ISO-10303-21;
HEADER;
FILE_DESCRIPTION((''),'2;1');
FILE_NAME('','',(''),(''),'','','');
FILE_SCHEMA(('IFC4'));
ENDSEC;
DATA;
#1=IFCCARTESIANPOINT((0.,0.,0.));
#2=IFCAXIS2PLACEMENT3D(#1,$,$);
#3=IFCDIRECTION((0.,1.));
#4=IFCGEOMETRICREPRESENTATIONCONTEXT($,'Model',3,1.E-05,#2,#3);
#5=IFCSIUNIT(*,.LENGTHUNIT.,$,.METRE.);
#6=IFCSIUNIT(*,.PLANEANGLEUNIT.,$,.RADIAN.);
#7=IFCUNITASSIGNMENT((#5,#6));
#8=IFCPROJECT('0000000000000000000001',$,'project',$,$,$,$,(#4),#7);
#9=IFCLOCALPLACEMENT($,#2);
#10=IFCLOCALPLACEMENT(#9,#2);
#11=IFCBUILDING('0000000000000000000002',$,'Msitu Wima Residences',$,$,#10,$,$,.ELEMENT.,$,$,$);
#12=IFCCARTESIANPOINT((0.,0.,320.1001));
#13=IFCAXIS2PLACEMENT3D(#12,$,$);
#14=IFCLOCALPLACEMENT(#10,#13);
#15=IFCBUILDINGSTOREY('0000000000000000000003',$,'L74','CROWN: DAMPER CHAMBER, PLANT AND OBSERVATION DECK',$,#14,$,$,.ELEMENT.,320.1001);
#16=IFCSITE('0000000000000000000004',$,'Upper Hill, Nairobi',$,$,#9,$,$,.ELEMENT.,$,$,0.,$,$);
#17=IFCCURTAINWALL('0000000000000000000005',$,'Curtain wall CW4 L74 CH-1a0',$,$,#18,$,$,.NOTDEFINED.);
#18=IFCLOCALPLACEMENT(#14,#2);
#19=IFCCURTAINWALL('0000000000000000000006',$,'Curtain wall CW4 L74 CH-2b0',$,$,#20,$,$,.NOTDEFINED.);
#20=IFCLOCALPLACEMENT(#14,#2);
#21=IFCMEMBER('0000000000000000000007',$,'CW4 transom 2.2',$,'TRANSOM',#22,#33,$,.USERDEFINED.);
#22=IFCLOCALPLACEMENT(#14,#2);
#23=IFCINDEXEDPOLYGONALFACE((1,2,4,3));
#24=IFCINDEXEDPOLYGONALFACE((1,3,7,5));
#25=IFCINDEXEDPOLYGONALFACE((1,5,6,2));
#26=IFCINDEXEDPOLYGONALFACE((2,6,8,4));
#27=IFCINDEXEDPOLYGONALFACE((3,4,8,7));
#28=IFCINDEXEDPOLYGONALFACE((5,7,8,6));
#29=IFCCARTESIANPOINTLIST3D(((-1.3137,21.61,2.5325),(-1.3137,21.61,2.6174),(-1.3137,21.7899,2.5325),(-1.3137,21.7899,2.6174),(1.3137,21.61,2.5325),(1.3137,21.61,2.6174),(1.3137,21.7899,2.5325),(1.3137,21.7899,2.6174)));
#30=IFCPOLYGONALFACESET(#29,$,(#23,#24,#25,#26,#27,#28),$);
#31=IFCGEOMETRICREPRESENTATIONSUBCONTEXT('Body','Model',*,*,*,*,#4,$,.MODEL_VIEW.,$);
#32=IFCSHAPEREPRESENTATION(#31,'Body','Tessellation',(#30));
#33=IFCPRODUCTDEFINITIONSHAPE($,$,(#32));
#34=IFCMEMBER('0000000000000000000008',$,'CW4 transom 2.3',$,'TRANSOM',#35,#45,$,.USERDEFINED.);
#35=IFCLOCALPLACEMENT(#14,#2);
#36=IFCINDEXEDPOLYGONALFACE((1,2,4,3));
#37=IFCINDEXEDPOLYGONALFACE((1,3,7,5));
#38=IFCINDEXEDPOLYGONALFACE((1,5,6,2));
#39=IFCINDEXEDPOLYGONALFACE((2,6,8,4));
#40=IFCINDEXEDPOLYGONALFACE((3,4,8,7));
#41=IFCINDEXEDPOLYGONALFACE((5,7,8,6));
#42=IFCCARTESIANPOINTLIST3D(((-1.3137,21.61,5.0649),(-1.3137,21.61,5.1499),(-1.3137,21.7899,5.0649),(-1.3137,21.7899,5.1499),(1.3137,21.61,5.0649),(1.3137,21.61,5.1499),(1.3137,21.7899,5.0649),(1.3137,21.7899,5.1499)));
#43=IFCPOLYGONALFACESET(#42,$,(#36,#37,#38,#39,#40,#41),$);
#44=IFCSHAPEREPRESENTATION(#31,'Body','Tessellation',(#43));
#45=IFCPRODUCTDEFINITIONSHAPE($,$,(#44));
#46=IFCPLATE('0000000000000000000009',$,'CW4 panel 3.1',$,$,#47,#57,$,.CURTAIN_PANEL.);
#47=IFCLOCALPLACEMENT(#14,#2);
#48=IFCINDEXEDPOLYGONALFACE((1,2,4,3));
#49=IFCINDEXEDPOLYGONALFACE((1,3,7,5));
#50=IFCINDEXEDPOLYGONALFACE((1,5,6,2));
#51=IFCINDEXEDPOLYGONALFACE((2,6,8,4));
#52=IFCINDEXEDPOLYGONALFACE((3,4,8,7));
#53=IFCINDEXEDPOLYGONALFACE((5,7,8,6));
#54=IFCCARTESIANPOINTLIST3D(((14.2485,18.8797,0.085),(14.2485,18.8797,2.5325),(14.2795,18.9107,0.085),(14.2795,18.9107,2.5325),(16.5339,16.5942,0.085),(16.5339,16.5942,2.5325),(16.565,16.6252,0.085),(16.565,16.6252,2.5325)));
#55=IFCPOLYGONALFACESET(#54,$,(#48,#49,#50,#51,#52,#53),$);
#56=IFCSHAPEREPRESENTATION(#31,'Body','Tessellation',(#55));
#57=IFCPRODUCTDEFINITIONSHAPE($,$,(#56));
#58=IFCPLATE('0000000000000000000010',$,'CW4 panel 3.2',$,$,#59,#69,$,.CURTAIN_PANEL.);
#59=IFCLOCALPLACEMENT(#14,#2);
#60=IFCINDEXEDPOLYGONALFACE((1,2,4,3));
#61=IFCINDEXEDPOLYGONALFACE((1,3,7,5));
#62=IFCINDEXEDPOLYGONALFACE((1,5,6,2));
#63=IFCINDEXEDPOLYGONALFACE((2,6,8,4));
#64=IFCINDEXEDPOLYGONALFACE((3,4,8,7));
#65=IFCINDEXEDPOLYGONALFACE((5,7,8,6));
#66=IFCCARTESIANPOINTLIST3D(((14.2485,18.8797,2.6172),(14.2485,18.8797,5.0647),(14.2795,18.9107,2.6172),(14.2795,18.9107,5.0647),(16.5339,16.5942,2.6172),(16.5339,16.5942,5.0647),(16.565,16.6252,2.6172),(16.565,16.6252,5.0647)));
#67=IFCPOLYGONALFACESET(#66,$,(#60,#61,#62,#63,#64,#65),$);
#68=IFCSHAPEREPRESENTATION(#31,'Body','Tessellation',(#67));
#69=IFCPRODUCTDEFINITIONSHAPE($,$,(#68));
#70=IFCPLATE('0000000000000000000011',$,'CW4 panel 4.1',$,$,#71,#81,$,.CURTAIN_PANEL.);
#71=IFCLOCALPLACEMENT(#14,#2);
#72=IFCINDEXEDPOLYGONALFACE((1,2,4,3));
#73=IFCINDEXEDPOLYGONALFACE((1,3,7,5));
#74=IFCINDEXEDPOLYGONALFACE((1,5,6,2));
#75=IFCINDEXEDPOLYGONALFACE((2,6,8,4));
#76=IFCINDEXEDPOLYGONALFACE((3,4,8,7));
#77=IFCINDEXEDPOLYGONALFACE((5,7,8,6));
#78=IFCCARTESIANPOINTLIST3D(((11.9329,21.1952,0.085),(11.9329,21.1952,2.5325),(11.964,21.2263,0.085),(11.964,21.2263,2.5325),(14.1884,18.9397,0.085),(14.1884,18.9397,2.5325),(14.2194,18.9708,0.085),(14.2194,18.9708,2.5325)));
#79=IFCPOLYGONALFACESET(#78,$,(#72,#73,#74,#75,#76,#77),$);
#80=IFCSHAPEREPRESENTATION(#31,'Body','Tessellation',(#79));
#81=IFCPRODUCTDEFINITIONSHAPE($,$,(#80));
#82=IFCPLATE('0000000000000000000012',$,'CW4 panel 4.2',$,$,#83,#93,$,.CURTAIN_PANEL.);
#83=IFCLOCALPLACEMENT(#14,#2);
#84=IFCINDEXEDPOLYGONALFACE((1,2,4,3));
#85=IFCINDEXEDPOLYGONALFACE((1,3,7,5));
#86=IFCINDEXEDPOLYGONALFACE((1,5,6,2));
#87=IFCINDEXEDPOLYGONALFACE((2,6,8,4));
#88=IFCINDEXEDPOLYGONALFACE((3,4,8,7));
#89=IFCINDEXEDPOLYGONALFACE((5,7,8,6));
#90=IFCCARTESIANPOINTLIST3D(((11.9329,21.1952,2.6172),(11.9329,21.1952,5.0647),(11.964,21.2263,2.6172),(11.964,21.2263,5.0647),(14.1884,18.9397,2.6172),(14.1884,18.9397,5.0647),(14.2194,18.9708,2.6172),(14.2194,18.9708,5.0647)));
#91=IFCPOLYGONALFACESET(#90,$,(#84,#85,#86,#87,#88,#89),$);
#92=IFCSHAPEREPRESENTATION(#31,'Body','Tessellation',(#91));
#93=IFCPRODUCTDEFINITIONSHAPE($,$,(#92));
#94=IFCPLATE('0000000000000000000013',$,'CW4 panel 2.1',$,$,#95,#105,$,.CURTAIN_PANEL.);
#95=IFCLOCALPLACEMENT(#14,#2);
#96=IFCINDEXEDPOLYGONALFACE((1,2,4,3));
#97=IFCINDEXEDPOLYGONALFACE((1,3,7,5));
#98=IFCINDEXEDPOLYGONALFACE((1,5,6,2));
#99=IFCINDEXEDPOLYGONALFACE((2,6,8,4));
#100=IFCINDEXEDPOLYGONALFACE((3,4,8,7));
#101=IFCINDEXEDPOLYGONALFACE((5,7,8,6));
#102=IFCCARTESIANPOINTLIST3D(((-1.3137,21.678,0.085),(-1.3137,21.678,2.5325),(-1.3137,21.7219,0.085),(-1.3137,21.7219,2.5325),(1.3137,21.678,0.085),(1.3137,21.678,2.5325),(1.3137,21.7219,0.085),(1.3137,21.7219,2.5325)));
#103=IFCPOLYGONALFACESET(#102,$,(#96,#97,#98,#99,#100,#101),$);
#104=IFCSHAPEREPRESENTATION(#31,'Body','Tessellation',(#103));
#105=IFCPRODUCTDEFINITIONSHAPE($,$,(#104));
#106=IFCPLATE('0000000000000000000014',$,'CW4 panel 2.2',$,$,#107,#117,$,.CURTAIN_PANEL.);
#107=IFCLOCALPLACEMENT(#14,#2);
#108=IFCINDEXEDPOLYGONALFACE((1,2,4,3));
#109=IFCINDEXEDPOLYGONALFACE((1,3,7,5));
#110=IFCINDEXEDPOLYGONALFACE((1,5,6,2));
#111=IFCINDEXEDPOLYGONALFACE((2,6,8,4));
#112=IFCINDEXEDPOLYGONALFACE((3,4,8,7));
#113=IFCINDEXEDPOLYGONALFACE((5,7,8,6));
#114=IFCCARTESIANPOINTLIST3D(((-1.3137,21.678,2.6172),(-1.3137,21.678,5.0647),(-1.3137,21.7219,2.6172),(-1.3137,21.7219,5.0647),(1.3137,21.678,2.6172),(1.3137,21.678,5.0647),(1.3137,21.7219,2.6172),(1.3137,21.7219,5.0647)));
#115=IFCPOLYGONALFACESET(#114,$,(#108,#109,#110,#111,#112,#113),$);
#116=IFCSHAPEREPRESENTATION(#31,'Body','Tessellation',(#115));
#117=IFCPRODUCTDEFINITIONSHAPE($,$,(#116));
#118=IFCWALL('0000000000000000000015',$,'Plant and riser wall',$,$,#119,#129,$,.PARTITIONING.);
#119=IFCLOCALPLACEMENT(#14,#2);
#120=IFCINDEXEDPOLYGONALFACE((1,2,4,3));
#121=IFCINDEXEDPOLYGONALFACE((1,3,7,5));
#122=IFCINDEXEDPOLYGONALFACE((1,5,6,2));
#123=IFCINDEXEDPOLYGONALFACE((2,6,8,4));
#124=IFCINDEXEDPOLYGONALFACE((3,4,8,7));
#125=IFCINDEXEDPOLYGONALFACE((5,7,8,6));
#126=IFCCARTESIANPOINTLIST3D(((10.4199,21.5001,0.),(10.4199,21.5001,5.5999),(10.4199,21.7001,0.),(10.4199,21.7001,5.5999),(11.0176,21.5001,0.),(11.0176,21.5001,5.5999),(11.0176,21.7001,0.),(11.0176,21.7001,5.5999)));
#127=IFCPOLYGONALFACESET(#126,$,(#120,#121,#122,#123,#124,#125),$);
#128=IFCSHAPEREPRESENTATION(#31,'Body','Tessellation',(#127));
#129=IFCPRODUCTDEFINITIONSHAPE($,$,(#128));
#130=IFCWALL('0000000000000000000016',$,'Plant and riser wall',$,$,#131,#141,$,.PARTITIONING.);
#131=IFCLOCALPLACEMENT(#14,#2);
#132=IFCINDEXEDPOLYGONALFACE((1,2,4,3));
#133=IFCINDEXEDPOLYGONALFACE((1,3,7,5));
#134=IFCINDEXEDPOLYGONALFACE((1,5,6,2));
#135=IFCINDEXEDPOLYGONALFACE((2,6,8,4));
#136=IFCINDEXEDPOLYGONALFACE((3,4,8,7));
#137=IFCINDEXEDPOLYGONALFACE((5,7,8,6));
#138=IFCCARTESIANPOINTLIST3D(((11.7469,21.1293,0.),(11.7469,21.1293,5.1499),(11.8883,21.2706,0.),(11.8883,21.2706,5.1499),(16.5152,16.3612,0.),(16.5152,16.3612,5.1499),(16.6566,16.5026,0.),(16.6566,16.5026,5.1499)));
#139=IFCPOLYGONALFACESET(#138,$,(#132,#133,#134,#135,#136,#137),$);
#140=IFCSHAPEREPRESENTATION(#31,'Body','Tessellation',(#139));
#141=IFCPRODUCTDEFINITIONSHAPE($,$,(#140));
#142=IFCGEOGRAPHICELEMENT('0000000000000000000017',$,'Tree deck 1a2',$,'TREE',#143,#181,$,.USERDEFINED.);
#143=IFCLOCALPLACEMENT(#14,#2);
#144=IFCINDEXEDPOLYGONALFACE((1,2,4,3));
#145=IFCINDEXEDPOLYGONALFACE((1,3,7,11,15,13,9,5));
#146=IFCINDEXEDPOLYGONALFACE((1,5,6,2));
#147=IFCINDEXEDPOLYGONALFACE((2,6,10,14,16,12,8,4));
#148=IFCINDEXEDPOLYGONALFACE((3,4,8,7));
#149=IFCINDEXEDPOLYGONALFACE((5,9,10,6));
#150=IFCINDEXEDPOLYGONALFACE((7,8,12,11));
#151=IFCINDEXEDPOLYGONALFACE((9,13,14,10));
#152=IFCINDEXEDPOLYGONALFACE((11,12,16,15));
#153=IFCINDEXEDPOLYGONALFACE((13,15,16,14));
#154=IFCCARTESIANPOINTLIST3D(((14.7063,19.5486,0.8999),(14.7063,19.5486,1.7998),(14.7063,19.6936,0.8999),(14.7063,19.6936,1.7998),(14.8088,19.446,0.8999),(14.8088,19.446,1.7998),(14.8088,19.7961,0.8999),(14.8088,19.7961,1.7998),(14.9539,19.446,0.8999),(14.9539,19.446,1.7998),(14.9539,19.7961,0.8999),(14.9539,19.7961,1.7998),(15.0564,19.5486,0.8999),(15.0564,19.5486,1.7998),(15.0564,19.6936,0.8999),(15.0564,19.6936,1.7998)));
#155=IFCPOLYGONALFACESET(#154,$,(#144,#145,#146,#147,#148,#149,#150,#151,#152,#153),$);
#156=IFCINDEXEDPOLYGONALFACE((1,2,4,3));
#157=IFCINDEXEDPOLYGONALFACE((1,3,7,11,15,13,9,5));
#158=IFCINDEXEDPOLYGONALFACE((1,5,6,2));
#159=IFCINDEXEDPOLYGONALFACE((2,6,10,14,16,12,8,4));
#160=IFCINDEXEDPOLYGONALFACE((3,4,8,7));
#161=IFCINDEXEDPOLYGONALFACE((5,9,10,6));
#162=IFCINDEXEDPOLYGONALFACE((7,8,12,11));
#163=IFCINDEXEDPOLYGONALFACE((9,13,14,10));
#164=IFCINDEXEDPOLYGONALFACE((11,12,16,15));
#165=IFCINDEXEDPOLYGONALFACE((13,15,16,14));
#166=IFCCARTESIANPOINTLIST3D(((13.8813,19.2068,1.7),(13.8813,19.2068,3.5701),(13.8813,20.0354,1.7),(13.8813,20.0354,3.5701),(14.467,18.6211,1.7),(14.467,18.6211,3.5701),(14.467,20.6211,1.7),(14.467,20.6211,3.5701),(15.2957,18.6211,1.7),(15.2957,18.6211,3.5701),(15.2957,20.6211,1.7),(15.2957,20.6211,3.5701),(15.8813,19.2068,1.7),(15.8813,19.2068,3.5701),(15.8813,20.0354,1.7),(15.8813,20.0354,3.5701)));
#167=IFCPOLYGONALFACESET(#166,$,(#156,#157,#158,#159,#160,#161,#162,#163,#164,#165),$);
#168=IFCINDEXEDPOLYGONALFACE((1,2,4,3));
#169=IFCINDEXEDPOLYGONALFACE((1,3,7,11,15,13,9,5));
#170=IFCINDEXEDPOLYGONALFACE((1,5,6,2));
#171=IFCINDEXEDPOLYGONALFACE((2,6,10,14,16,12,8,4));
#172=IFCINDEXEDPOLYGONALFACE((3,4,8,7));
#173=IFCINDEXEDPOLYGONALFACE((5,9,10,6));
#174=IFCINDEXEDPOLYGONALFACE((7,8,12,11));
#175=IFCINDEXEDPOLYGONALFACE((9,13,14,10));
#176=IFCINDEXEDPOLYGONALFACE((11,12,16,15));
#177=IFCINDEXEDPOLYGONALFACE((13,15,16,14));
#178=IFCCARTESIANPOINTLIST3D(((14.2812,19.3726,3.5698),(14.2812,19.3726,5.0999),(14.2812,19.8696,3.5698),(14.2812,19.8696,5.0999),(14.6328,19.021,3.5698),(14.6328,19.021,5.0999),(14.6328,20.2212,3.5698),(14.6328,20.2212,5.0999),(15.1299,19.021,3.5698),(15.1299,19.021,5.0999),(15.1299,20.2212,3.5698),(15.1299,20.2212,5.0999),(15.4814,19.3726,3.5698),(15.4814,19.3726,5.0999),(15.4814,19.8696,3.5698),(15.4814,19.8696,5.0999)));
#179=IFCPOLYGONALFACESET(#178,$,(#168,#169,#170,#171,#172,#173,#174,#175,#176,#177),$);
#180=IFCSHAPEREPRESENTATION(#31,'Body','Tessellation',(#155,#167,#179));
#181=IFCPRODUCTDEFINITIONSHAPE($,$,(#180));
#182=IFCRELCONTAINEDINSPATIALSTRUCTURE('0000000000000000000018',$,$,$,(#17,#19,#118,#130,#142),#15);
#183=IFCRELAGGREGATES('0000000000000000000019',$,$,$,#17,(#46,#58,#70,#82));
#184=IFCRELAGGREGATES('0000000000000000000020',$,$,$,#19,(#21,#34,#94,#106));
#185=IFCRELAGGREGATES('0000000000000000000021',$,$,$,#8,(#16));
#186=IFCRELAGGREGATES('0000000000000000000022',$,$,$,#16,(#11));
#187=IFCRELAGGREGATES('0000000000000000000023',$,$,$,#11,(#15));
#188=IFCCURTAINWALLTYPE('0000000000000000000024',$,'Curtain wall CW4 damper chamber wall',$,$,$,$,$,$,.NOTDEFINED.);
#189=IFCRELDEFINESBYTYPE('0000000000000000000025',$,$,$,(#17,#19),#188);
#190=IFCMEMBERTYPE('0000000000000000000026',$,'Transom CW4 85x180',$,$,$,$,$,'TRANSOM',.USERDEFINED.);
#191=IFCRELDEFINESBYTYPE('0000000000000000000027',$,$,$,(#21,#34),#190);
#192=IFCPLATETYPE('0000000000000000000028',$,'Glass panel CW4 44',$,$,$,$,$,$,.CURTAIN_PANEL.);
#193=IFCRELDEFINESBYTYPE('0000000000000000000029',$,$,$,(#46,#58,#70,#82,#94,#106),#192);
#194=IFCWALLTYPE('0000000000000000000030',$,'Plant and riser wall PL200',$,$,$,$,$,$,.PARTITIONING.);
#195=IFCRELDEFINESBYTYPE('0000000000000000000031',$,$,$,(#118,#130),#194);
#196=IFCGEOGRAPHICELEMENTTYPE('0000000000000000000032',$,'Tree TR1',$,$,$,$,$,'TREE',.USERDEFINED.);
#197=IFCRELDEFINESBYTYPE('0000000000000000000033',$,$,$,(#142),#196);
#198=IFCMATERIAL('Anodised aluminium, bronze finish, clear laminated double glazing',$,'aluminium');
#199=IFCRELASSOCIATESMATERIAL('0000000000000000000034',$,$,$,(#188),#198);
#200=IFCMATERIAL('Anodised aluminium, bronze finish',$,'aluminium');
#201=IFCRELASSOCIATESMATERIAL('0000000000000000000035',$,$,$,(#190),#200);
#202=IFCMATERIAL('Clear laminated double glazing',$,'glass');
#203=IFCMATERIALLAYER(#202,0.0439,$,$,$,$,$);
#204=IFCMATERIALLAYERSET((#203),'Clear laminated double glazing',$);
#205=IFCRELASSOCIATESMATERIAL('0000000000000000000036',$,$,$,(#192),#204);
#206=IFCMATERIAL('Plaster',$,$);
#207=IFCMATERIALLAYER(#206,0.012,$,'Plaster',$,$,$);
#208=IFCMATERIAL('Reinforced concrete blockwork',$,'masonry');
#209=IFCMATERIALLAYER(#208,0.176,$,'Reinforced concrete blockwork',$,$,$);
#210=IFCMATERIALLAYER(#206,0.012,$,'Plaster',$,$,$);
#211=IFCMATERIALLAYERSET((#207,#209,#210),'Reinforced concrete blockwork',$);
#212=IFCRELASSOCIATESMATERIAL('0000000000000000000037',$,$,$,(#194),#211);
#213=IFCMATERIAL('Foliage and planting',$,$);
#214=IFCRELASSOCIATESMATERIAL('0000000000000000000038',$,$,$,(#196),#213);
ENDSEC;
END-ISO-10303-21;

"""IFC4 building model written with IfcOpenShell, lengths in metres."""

from ifc_helpers import new_model, si_unit, direction, frame, frame_2d, origin, origin_2d, place, context, subcontext, project, spatial, polyline, rectangle, outline, extrude, material, layer, layer_set, material_profile, profile_set, type_object, element, aggregate, save


model = new_model("IFC4")

# Units and contexts
model_context = context("Model", 3, precision=1e-05, world=origin(), true_north=direction((0.0, 1.0)))
body_context = subcontext(model_context, "Body", "Model", "MODEL_VIEW")
ifc_project = project(units=[si_unit("LENGTHUNIT", "METRE"), si_unit("PLANEANGLEUNIT", "RADIAN")], contexts=[model_context])

# Site, building, storey
site_placement = place(None, origin())
site = spatial("IfcSite", under=ifc_project, at=site_placement, Name="Upper Hill, Nairobi", CompositionType="ELEMENT", RefElevation=0.0)
building_placement = place(site_placement, origin())
building = spatial("IfcBuilding", under=site, at=building_placement, Name="Msitu Wima Residences", CompositionType="ELEMENT")
storey_placement = place(building_placement, frame((0.0, 0.0, 320.1001)))
storey = spatial("IfcBuildingStorey", under=building, at=storey_placement, Name="L74", Description="CROWN: DAMPER CHAMBER, PLANT AND OBSERVATION DECK", CompositionType="ELEMENT", Elevation=320.1001)

# Curtain walls, members
ifc_material_1 = material(Name="Anodised aluminium, bronze finish, clear laminated double glazing", Category="aluminium")
curtain_wall_type = type_object("IfcCurtainWallType", Name="Curtain wall CW4 damper chamber wall", PredefinedType="NOTDEFINED", material=ifc_material_1)
curtain_wall_1_placement = place(storey_placement, origin())
curtain_wall_1 = element("IfcCurtainWall", 1, at=curtain_wall_1_placement, inside=storey, type_object=curtain_wall_type, Name="Curtain wall CW4 L74 CH-1a0", PredefinedType="NOTDEFINED")
ifc_material_2 = material(Name="Anodised aluminium, bronze finish", Category="aluminium")
ifc_material_profile_1 = material_profile(ifc_material_2, rectangle(XDim=0.1799, YDim=0.085, at=origin_2d()), Name="Transom 85x180")
ifc_profile_set_1 = profile_set([ifc_material_profile_1], Name="Anodised aluminium, bronze finish")
member_type_1 = type_object("IfcMemberType", Name="Transom CW4 85x180", ElementType="TRANSOM", PredefinedType="USERDEFINED", material=ifc_profile_set_1)
curtain_wall_2_placement = place(storey_placement, origin())
curtain_wall_2 = element("IfcCurtainWall", 2, at=curtain_wall_2_placement, inside=storey, type_object=curtain_wall_type, Name="Curtain wall CW4 L74 CH-2b0", PredefinedType="NOTDEFINED")
member_1_placement = place(storey_placement, frame((1.3137, 21.7, 2.575), z_axis=(-1.0, 0.0, 0.0), x_axis=(0.0, -1.0, 0.0)))
member_1 = element("IfcMember", 3, at=member_1_placement, type_object=member_type_1, Name="CW4 transom 2.2", ObjectType="TRANSOM", PredefinedType="USERDEFINED", context=body_context, shape_type="SweptSolid", body=[
    extrude(rectangle(XDim=0.1799, YDim=0.085, at=origin_2d()), origin(), (0.0, 0.0, 1.0), 2.6274),
])
member_2_placement = place(storey_placement, frame((1.3137, 21.7, 5.1074), z_axis=(-1.0, 0.0, 0.0), x_axis=(0.0, -1.0, 0.0)))
member_2 = element("IfcMember", 4, at=member_2_placement, type_object=member_type_1, Name="CW4 transom 2.3", ObjectType="TRANSOM", PredefinedType="USERDEFINED", context=body_context, shape_type="SweptSolid", body=[
    extrude(rectangle(XDim=0.1799, YDim=0.085, at=origin_2d()), origin(), (0.0, 0.0, 1.0), 2.6274),
])

# Plates
ifc_material_3 = material(Name="Clear laminated double glazing", Category="glass")
ifc_layer_1 = layer(ifc_material_3, 0.0439)
ifc_layer_set_1 = layer_set([ifc_layer_1], Name="Clear laminated double glazing")
plate_type = type_object("IfcPlateType", Name="Glass panel CW4 44", PredefinedType="CURTAIN_PANEL", material=ifc_layer_set_1)
plate_1_placement = place(storey_placement, frame((15.4067, 17.7524, 0.085), z_axis=(0.0, 0.0, 1.0), x_axis=(-0.707107, 0.707107, 0.0)))
plate_1 = element("IfcPlate", 5, at=plate_1_placement, type_object=plate_type, Name="CW4 panel 3.1", PredefinedType="CURTAIN_PANEL", context=body_context, shape_type="SweptSolid", body=[
    extrude(rectangle(XDim=3.2322, YDim=0.0439, at=origin_2d()), origin(), (0.0, 0.0, 1.0), 2.4475),
])
plate_2_placement = place(storey_placement, frame((15.4067, 17.7524, 2.6172), z_axis=(0.0, 0.0, 1.0), x_axis=(-0.707107, 0.707107, 0.0)))
plate_2 = element("IfcPlate", 6, at=plate_2_placement, type_object=plate_type, Name="CW4 panel 3.2", PredefinedType="CURTAIN_PANEL", context=body_context, shape_type="SweptSolid", body=[
    extrude(rectangle(XDim=3.2322, YDim=0.0439, at=origin_2d()), origin(), (0.0, 0.0, 1.0), 2.4475),
])
plate_3_placement = place(storey_placement, frame((13.0762, 20.083, 0.085), z_axis=(0.0, 0.0, 1.0), x_axis=(-0.707107, 0.707107, 0.0)))
plate_3 = element("IfcPlate", 7, at=plate_3_placement, type_object=plate_type, Name="CW4 panel 4.1", PredefinedType="CURTAIN_PANEL", context=body_context, shape_type="SweptSolid", body=[
    extrude(rectangle(XDim=3.1897, YDim=0.0439, at=origin_2d()), origin(), (0.0, 0.0, 1.0), 2.4475),
])
plate_4_placement = place(storey_placement, frame((13.0762, 20.083, 2.6172), z_axis=(0.0, 0.0, 1.0), x_axis=(-0.707107, 0.707107, 0.0)))
plate_4 = element("IfcPlate", 8, at=plate_4_placement, type_object=plate_type, Name="CW4 panel 4.2", PredefinedType="CURTAIN_PANEL", context=body_context, shape_type="SweptSolid", body=[
    extrude(rectangle(XDim=3.1897, YDim=0.0439, at=origin_2d()), origin(), (0.0, 0.0, 1.0), 2.4475),
])
aggregate(curtain_wall_1, [plate_1, plate_2, plate_3, plate_4])
plate_5_placement = place(storey_placement, frame((0.0, 21.7, 0.085), z_axis=(0.0, 0.0, 1.0), x_axis=(-1.0, 0.0, 0.0)))
plate_5 = element("IfcPlate", 9, at=plate_5_placement, type_object=plate_type, Name="CW4 panel 2.1", PredefinedType="CURTAIN_PANEL", context=body_context, shape_type="SweptSolid", body=[
    extrude(rectangle(XDim=2.6274, YDim=0.0439, at=origin_2d()), origin(), (0.0, 0.0, 1.0), 2.4475),
])
plate_6_placement = place(storey_placement, frame((0.0, 21.7, 2.6172), z_axis=(0.0, 0.0, 1.0), x_axis=(-1.0, 0.0, 0.0)))
plate_6 = element("IfcPlate", 10, at=plate_6_placement, type_object=plate_type, Name="CW4 panel 2.2", PredefinedType="CURTAIN_PANEL", context=body_context, shape_type="SweptSolid", body=[
    extrude(rectangle(XDim=2.6274, YDim=0.0439, at=origin_2d()), origin(), (0.0, 0.0, 1.0), 2.4475),
])
aggregate(curtain_wall_2, [member_1, member_2, plate_5, plate_6])

# Walls
ifc_material_4 = material(Name="Plaster")
ifc_layer_2 = layer(ifc_material_4, 0.012, Name="Plaster")
ifc_material_5 = material(Name="Reinforced concrete blockwork", Category="masonry")
ifc_layer_3 = layer(ifc_material_5, 0.176, Name="Reinforced concrete blockwork")
ifc_layer_4 = layer(ifc_material_4, 0.012, Name="Plaster")
ifc_layer_set_2 = layer_set([ifc_layer_2, ifc_layer_3, ifc_layer_4], Name="Reinforced concrete blockwork")
wall_type = type_object("IfcWallType", Name="Plant and riser wall PL200", PredefinedType="PARTITIONING", material=ifc_layer_set_2)
wall_1_placement = place(storey_placement, frame((10.4199, 21.6001, 0.0), z_axis=(0.0, 0.0, 1.0), x_axis=(1.0, 0.0, 0.0)))
element("IfcWall", 11, at=wall_1_placement, inside=storey, type_object=wall_type, Name="Plant and riser wall", PredefinedType="PARTITIONING", context=body_context, shape_type="SweptSolid", body=[
    extrude(rectangle(XDim=0.5977, YDim=0.2, at=frame_2d((0.2988, 0.0))), origin(), (0.0, 0.0, 1.0), 5.5999),
])
wall_2_placement = place(storey_placement, frame((11.8176, 21.2, 0.0), z_axis=(0.0, 0.0, 1.0), x_axis=(0.707125, -0.707089, 0.0)))
element("IfcWall", 12, at=wall_2_placement, inside=storey, type_object=wall_type, Name="Plant and riser wall", PredefinedType="PARTITIONING", context=body_context, shape_type="SweptSolid", body=[
    extrude(rectangle(XDim=6.7432, YDim=0.2, at=frame_2d((3.3716, 0.0))), origin(), (0.0, 0.0, 1.0), 5.1499),
])

# Geographic element
ifc_material_6 = material(Name="Foliage and planting")
geographic_element_type = type_object("IfcGeographicElementType", Name="Tree TR1", ElementType="TREE", PredefinedType="USERDEFINED", material=ifc_material_6)
geographic_element_placement = place(storey_placement, frame((14.8813, 19.6211, 0.8999), z_axis=(0.0, 0.0, 1.0), x_axis=(1.0, 0.0, 0.0)))
element("IfcGeographicElement", 13, at=geographic_element_placement, inside=storey, type_object=geographic_element_type, Name="Tree deck 1a2", ObjectType="TREE", PredefinedType="USERDEFINED", context=body_context, shape_type="SweptSolid", body=[
    extrude(outline(polyline([(0.175, 0.0725), (0.0725, 0.175), (-0.0725, 0.175), (-0.175, 0.0725), (-0.175, -0.0725), (-0.0725, -0.175), (0.0725, -0.175), (0.175, -0.0725), (0.175, 0.0725)])), origin(), (0.0, 0.0, 1.0), 0.8999),
    extrude(outline(polyline([(1.0, 0.4143), (0.4143, 1.0), (-0.4143, 1.0), (-1.0, 0.4143), (-1.0, -0.4143), (-0.4143, -1.0), (0.4143, -1.0), (1.0, -0.4143), (1.0, 0.4143)])), frame((0.0, 0.0, 0.8)), (0.0, 0.0, 1.0), 1.8701),
    extrude(outline(polyline([(0.6001, 0.2485), (0.2485, 0.6001), (-0.2485, 0.6001), (-0.6001, 0.2485), (-0.6001, -0.2485), (-0.2485, -0.6001), (0.2485, -0.6001), (0.6001, -0.2485), (0.6001, 0.2485)])), frame((0.0, 0.0, 2.6699)), (0.0, 0.0, 1.0), 1.53),
])

save(model, "model.ifc")
